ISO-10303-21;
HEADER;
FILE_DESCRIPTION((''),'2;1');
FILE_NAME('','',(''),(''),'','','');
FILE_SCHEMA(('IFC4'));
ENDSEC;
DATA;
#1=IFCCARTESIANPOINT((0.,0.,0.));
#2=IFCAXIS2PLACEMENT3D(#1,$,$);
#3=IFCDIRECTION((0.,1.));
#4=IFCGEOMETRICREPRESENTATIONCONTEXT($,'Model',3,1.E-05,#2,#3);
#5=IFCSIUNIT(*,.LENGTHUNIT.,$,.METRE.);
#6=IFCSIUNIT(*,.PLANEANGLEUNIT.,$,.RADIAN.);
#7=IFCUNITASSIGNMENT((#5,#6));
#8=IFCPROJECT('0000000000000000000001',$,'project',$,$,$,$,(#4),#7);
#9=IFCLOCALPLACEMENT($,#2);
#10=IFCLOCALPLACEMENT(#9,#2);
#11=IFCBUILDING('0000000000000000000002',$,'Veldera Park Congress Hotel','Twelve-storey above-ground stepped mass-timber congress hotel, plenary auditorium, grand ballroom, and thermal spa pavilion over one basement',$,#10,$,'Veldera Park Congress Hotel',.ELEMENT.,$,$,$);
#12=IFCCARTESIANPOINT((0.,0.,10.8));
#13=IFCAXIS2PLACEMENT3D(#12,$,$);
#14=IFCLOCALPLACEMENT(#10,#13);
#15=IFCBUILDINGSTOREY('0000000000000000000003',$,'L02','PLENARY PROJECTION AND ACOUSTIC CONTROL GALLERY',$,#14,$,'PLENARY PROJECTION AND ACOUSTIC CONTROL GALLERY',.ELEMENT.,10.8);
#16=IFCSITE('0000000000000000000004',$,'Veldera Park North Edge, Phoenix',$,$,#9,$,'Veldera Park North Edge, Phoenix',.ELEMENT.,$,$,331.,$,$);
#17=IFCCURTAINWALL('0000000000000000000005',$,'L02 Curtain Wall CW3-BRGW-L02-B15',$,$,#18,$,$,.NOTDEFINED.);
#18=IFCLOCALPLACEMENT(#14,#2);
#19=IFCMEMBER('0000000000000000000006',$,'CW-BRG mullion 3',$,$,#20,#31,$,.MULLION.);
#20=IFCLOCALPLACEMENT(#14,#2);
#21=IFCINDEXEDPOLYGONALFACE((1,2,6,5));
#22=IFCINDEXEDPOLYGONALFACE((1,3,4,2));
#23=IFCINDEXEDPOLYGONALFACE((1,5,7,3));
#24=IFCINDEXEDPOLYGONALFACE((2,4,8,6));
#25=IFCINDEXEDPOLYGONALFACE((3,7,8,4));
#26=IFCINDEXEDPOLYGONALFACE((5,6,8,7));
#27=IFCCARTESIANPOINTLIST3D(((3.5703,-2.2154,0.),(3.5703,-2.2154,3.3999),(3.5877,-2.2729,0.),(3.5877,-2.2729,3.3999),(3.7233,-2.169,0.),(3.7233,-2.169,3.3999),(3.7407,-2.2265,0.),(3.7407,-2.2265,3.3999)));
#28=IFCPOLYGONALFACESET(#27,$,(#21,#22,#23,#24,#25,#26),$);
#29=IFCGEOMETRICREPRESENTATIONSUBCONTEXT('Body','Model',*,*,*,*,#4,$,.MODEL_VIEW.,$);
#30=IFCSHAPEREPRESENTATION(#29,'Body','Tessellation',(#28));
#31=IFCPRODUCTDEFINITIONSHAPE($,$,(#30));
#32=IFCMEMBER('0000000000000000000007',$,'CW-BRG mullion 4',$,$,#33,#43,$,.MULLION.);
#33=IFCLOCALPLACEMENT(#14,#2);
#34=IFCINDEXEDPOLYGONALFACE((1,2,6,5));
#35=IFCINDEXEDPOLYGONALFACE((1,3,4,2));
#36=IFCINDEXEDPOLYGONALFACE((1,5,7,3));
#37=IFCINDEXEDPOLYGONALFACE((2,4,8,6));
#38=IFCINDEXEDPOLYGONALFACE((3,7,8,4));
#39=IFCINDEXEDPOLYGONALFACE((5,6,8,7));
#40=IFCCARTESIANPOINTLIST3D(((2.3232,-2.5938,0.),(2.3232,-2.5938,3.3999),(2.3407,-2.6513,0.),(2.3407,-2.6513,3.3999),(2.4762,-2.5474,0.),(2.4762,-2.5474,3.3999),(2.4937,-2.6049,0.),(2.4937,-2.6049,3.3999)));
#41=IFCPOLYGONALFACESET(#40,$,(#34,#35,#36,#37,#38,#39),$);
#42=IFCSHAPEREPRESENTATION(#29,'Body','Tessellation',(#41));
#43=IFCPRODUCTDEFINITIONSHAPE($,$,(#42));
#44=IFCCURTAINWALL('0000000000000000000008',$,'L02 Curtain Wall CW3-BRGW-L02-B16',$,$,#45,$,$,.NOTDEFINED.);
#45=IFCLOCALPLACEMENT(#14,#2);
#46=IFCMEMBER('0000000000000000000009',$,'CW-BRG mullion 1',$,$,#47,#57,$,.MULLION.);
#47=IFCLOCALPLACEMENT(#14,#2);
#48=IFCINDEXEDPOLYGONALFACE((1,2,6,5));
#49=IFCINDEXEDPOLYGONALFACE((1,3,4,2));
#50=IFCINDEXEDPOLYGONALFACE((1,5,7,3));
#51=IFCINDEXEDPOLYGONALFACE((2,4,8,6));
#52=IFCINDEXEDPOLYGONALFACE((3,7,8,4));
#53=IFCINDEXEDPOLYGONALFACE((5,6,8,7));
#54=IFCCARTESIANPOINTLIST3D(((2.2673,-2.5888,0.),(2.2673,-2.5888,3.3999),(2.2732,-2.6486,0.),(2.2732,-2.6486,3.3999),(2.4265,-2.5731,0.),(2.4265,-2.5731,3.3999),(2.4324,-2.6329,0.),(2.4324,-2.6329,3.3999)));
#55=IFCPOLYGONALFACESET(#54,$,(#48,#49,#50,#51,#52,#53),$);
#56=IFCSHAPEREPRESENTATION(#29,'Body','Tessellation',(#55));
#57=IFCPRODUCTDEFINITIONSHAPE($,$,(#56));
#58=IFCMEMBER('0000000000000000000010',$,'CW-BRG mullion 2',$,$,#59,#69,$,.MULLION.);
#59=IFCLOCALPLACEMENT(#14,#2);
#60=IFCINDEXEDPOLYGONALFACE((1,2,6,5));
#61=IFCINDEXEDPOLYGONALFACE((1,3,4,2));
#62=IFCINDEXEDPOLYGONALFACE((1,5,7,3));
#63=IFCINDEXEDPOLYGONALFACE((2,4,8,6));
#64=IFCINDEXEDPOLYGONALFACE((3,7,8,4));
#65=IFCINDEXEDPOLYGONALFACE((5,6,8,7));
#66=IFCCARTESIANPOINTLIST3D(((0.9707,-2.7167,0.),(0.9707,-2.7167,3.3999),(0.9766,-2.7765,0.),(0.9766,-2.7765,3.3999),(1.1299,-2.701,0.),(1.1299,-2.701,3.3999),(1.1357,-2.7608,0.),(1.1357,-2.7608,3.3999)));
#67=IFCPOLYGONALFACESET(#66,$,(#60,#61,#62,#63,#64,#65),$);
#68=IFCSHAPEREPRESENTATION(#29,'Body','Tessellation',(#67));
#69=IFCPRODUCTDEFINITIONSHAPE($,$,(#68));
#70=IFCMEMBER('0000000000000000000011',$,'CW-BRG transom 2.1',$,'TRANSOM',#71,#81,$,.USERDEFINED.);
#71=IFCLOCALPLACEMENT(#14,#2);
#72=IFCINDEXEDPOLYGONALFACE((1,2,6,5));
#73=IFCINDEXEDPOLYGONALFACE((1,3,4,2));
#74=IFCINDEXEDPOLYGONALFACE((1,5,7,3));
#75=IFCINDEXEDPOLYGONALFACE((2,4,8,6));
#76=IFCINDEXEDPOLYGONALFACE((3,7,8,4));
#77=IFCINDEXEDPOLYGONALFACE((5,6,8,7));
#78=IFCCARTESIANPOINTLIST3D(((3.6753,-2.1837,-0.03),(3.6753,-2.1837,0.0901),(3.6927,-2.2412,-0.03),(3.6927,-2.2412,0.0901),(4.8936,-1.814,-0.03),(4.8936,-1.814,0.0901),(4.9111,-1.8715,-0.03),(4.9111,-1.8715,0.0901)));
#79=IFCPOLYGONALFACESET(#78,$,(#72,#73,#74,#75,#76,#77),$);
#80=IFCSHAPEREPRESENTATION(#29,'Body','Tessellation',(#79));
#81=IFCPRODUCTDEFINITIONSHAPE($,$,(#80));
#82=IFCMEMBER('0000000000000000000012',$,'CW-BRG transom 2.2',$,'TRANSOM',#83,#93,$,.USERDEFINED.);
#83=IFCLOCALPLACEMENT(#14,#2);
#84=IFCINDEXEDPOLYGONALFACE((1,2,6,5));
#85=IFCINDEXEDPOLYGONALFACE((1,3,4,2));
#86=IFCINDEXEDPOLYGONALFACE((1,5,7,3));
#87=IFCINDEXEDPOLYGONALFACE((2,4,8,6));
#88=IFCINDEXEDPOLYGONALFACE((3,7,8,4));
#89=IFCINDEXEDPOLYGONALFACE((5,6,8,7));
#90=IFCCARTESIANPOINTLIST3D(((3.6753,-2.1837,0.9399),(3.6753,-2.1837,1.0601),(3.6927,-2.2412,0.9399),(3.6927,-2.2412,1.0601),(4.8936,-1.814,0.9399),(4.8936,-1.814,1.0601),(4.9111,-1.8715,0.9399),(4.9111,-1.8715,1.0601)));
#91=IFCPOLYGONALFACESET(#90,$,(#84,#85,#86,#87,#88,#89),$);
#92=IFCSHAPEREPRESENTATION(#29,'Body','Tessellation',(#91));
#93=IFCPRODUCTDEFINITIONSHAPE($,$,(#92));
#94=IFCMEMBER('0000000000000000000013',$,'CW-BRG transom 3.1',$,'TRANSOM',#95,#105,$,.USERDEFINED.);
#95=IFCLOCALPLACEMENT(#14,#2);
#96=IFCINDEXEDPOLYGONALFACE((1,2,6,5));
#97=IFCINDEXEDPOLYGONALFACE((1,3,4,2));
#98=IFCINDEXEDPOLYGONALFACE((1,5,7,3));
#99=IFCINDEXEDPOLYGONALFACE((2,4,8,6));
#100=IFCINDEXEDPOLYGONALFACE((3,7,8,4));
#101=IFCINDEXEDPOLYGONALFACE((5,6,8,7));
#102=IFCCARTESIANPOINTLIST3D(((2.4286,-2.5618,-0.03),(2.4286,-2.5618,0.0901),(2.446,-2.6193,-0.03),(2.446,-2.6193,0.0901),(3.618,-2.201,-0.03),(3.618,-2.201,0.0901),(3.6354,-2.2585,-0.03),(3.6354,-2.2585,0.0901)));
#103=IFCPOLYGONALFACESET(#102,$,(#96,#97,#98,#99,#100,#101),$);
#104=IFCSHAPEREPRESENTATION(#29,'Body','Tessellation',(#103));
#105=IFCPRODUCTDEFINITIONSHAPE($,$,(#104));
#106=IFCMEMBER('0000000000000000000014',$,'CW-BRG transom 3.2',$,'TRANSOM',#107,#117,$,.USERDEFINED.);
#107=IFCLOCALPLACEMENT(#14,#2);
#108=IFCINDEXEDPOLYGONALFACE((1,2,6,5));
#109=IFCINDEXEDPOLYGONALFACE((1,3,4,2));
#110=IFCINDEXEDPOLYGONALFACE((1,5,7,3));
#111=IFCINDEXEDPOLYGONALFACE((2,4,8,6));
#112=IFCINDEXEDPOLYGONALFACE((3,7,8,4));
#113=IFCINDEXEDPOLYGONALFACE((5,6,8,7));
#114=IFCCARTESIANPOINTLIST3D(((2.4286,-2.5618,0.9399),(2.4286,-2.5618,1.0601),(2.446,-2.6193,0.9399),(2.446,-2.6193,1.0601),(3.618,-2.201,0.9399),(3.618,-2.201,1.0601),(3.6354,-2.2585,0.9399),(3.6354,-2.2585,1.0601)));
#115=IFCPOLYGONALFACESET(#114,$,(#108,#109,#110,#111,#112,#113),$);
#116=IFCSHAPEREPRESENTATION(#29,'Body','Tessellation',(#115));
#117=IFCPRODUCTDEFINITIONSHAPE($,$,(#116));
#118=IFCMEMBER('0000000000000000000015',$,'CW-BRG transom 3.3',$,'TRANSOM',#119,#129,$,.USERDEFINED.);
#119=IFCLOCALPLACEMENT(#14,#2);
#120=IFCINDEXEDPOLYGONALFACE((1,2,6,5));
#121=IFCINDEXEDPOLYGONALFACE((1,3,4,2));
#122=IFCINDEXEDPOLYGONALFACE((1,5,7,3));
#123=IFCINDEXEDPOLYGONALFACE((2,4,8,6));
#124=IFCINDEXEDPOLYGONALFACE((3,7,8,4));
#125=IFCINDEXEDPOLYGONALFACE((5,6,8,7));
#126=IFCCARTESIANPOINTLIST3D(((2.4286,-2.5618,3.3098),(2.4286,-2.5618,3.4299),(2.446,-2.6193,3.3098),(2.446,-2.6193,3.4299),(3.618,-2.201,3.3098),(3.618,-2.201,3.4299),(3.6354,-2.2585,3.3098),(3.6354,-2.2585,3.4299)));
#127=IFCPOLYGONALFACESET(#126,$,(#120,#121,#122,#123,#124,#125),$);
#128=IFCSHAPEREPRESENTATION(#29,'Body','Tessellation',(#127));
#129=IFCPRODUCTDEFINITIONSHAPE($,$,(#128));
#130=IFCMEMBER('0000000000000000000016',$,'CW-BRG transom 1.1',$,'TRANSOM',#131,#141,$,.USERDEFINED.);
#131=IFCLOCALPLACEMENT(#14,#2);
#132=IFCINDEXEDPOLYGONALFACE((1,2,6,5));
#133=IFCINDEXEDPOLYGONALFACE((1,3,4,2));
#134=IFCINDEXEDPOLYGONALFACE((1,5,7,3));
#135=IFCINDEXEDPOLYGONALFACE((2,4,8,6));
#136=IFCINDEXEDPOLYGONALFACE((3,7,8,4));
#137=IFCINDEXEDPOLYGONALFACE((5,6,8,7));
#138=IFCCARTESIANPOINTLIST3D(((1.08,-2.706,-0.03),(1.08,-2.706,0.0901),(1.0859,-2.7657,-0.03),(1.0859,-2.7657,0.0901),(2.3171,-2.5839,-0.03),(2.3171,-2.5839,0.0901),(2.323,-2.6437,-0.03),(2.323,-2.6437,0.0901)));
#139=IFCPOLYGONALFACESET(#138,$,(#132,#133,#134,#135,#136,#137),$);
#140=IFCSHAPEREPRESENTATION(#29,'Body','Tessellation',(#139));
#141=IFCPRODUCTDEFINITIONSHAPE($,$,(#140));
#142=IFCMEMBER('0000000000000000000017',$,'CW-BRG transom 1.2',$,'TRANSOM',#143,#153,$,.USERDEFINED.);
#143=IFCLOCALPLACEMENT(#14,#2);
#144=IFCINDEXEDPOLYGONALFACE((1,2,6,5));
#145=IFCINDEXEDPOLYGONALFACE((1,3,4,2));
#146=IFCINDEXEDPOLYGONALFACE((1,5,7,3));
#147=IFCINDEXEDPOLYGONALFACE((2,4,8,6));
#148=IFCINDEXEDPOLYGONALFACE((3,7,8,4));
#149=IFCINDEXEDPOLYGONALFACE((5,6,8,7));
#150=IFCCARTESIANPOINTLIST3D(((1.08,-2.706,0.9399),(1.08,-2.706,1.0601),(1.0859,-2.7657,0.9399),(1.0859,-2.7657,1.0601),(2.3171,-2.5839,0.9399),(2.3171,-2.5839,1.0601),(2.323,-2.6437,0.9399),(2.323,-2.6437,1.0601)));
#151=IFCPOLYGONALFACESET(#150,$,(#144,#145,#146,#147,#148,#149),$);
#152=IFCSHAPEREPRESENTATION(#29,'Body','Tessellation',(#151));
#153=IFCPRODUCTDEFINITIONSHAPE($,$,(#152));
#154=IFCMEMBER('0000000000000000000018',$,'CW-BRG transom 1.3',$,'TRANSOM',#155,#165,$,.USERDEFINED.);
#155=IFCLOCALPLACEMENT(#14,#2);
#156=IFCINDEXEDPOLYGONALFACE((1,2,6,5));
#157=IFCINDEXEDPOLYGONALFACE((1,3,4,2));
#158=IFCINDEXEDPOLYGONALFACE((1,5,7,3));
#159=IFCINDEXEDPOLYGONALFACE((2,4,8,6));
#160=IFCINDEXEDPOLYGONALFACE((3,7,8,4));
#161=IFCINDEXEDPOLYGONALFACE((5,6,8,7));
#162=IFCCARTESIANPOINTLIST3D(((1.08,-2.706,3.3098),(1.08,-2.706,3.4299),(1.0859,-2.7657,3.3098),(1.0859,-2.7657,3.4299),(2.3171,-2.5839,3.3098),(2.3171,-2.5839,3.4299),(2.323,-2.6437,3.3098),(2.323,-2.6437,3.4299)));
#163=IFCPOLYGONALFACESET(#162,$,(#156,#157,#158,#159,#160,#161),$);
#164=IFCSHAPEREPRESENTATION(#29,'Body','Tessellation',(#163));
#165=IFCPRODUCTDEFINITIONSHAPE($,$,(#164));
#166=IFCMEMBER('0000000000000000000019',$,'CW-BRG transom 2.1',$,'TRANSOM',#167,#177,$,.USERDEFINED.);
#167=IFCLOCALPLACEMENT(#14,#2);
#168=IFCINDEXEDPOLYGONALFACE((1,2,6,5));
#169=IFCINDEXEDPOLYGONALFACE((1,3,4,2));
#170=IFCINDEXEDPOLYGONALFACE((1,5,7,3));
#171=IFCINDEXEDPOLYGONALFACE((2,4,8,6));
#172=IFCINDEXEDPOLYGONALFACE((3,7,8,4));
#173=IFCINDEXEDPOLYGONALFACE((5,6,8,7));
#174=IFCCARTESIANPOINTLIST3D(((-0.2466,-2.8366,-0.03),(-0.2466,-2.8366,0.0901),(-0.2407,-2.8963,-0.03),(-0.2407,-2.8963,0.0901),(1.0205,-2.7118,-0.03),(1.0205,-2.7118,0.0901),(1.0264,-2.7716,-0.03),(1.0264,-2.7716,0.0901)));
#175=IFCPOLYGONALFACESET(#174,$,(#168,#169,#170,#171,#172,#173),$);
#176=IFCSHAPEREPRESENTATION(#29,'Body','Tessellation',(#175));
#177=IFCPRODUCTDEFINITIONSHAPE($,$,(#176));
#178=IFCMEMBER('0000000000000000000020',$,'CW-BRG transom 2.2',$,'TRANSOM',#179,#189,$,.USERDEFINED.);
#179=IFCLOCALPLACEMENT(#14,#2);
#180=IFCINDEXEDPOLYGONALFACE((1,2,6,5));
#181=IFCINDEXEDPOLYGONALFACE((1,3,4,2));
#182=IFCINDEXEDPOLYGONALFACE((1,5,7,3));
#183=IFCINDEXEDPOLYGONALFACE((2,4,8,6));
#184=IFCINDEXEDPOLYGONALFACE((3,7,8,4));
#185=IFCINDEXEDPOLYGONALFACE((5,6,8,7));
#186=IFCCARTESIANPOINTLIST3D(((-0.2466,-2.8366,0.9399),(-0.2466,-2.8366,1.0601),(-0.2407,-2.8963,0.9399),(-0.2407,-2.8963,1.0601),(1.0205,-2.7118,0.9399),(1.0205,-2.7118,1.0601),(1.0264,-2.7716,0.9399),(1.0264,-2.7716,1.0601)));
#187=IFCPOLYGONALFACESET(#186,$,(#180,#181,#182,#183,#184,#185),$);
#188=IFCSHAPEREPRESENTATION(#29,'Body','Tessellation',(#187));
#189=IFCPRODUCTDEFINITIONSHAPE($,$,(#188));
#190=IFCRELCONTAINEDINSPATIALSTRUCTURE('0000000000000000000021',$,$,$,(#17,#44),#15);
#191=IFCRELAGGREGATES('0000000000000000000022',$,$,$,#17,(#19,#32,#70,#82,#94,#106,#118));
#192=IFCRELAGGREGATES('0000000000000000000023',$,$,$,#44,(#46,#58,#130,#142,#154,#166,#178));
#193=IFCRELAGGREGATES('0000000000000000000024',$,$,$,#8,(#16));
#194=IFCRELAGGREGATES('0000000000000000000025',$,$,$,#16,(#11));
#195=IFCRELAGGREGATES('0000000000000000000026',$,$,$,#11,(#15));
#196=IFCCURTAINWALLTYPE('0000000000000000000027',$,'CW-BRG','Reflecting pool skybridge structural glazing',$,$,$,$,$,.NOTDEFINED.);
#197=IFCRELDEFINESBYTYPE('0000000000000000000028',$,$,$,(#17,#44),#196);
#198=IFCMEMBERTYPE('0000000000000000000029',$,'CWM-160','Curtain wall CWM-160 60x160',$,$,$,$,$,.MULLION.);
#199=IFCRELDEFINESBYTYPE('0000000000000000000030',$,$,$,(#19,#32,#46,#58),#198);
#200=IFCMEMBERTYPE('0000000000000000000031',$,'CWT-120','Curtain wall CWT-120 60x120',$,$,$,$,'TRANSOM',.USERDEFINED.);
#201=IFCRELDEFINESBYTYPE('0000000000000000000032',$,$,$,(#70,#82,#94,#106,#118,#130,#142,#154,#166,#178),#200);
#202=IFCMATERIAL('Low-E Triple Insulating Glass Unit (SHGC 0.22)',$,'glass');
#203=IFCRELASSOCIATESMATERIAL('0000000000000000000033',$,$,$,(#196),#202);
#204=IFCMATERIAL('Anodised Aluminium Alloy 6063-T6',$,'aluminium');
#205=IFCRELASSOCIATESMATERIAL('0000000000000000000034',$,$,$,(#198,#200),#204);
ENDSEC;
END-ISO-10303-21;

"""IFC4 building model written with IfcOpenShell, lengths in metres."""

from ifc_helpers import new_model, si_unit, direction, frame, origin, origin_2d, place, context, subcontext, project, spatial, rectangle, extrude, material, material_profile, profile_set, type_object, element, aggregate, save


model = new_model("IFC4")

# Units and contexts
model_context = context("Model", 3, precision=1e-05, world=origin(), true_north=direction((0.0, 1.0)))
body_context = subcontext(model_context, "Body", "Model", "MODEL_VIEW")
ifc_project = project(units=[si_unit("LENGTHUNIT", "METRE"), si_unit("PLANEANGLEUNIT", "RADIAN")], contexts=[model_context])

# Site, building, storey
site_placement = place(None, origin())
site = spatial("IfcSite", under=ifc_project, at=site_placement, Name="Veldera Park North Edge, Phoenix", LongName="Veldera Park North Edge, Phoenix", CompositionType="ELEMENT", RefElevation=331.0)
building_placement = place(site_placement, origin())
building = spatial("IfcBuilding", under=site, at=building_placement, Name="Veldera Park Congress Hotel", Description="Twelve-storey above-ground stepped mass-timber congress hotel, plenary auditorium, grand ballroom, and thermal spa pavilion over one basement", LongName="Veldera Park Congress Hotel", CompositionType="ELEMENT")
storey_placement = place(building_placement, frame((0.0, 0.0, 10.8)))
storey = spatial("IfcBuildingStorey", under=building, at=storey_placement, Name="L02", Description="PLENARY PROJECTION AND ACOUSTIC CONTROL GALLERY", LongName="PLENARY PROJECTION AND ACOUSTIC CONTROL GALLERY", CompositionType="ELEMENT", Elevation=10.8)

# Curtain walls, members
ifc_material_1 = material(Name="Low-E Triple Insulating Glass Unit (SHGC 0.22)", Category="glass")
curtain_wall_type = type_object("IfcCurtainWallType", Name="CW-BRG", Description="Reflecting pool skybridge structural glazing", PredefinedType="NOTDEFINED", material=ifc_material_1)
curtain_wall_1_placement = place(storey_placement, origin())
curtain_wall_1 = element("IfcCurtainWall", 1, at=curtain_wall_1_placement, inside=storey, type_object=curtain_wall_type, Name="L02 Curtain Wall CW3-BRGW-L02-B15", PredefinedType="NOTDEFINED")
ifc_material_2 = material(Name="Anodised Aluminium Alloy 6063-T6", Category="aluminium")
ifc_material_profile_1 = material_profile(ifc_material_2, rectangle(XDim=0.0601, YDim=0.1599, at=origin_2d()), Name="ALU 60x160")
ifc_profile_set_1 = profile_set([ifc_material_profile_1], Name="Anodised Aluminium Alloy 6063-T6")
member_type_1 = type_object("IfcMemberType", Name="CWM-160", Description="Curtain wall CWM-160 60x160", PredefinedType="MULLION", material=ifc_profile_set_1)
member_1_placement = place(storey_placement, frame((3.6555, -2.2209, 0.0), z_axis=(0.0, 0.0, 1.0), x_axis=(0.29029, -0.956939, 0.0)))
member_1 = element("IfcMember", 2, at=member_1_placement, type_object=member_type_1, Name="CW-BRG mullion 3", PredefinedType="MULLION", context=body_context, shape_type="SweptSolid", body=[
    extrude(rectangle(XDim=0.0601, YDim=0.1599, at=origin_2d()), origin(), (0.0, 0.0, 1.0), 3.3999),
])
member_2_placement = place(storey_placement, frame((2.4084, -2.5994, 0.0), z_axis=(0.0, 0.0, 1.0), x_axis=(0.29029, -0.956939, 0.0)))
member_2 = element("IfcMember", 3, at=member_2_placement, type_object=member_type_1, Name="CW-BRG mullion 4", PredefinedType="MULLION", context=body_context, shape_type="SweptSolid", body=[
    extrude(rectangle(XDim=0.0601, YDim=0.1599, at=origin_2d()), origin(), (0.0, 0.0, 1.0), 3.3999),
])
curtain_wall_2_placement = place(storey_placement, origin())
curtain_wall_2 = element("IfcCurtainWall", 4, at=curtain_wall_2_placement, inside=storey, type_object=curtain_wall_type, Name="L02 Curtain Wall CW3-BRGW-L02-B16", PredefinedType="NOTDEFINED")
member_3_placement = place(storey_placement, frame((2.3499, -2.6108, 0.0), z_axis=(0.0, 0.0, 1.0), x_axis=(0.098023, -0.995184, 0.0)))
member_3 = element("IfcMember", 5, at=member_3_placement, type_object=member_type_1, Name="CW-BRG mullion 1", PredefinedType="MULLION", context=body_context, shape_type="SweptSolid", body=[
    extrude(rectangle(XDim=0.0601, YDim=0.1599, at=origin_2d()), origin(), (0.0, 0.0, 1.0), 3.3999),
])
member_4_placement = place(storey_placement, frame((1.0532, -2.7388, 0.0), z_axis=(0.0, 0.0, 1.0), x_axis=(0.098023, -0.995184, 0.0)))
member_4 = element("IfcMember", 6, at=member_4_placement, type_object=member_type_1, Name="CW-BRG mullion 2", PredefinedType="MULLION", context=body_context, shape_type="SweptSolid", body=[
    extrude(rectangle(XDim=0.0601, YDim=0.1599, at=origin_2d()), origin(), (0.0, 0.0, 1.0), 3.3999),
])

# Members
ifc_material_profile_2 = material_profile(ifc_material_2, rectangle(XDim=0.0601, YDim=0.1201, at=origin_2d()), Name="ALU 60x120")
ifc_profile_set_2 = profile_set([ifc_material_profile_2], Name="Anodised Aluminium Alloy 6063-T6")
member_type_2 = type_object("IfcMemberType", Name="CWT-120", Description="Curtain wall CWT-120 60x120", ElementType="TRANSOM", PredefinedType="USERDEFINED", material=ifc_profile_set_2)
member_5_placement = place(storey_placement, frame((4.9023, -1.8428, 0.03), z_axis=(-0.956924, -0.290337, 0.0), x_axis=(0.290337, -0.956924, 0.0)))
member_5 = element("IfcMember", 7, at=member_5_placement, type_object=member_type_2, Name="CW-BRG transom 2.1", ObjectType="TRANSOM", PredefinedType="USERDEFINED", context=body_context, shape_type="SweptSolid", body=[
    extrude(rectangle(XDim=0.0601, YDim=0.1201, at=origin_2d()), origin(), (0.0, 0.0, 1.0), 1.2732),
])
member_6_placement = place(storey_placement, frame((4.9023, -1.8428, 1.0), z_axis=(-0.956924, -0.290337, 0.0), x_axis=(0.290337, -0.956924, 0.0)))
member_6 = element("IfcMember", 8, at=member_6_placement, type_object=member_type_2, Name="CW-BRG transom 2.2", ObjectType="TRANSOM", PredefinedType="USERDEFINED", context=body_context, shape_type="SweptSolid", body=[
    extrude(rectangle(XDim=0.0601, YDim=0.1201, at=origin_2d()), origin(), (0.0, 0.0, 1.0), 1.2732),
])
member_7_placement = place(storey_placement, frame((3.6267, -2.2297, 0.03), z_axis=(-0.956935, -0.290302, 0.0), x_axis=(0.290302, -0.956935, 0.0)))
member_7 = element("IfcMember", 9, at=member_7_placement, type_object=member_type_2, Name="CW-BRG transom 3.1", ObjectType="TRANSOM", PredefinedType="USERDEFINED", context=body_context, shape_type="SweptSolid", body=[
    extrude(rectangle(XDim=0.0601, YDim=0.1201, at=origin_2d()), origin(), (0.0, 0.0, 1.0), 1.2429),
])
member_8_placement = place(storey_placement, frame((3.6267, -2.2297, 1.0), z_axis=(-0.956935, -0.290302, 0.0), x_axis=(0.290302, -0.956935, 0.0)))
member_8 = element("IfcMember", 10, at=member_8_placement, type_object=member_type_2, Name="CW-BRG transom 3.2", ObjectType="TRANSOM", PredefinedType="USERDEFINED", context=body_context, shape_type="SweptSolid", body=[
    extrude(rectangle(XDim=0.0601, YDim=0.1201, at=origin_2d()), origin(), (0.0, 0.0, 1.0), 1.2429),
])
member_9_placement = place(storey_placement, frame((3.6267, -2.2297, 3.3699), z_axis=(-0.956935, -0.290302, 0.0), x_axis=(0.290302, -0.956935, 0.0)))
member_9 = element("IfcMember", 11, at=member_9_placement, type_object=member_type_2, Name="CW-BRG transom 3.3", ObjectType="TRANSOM", PredefinedType="USERDEFINED", context=body_context, shape_type="SweptSolid", body=[
    extrude(rectangle(XDim=0.0601, YDim=0.1201, at=origin_2d()), origin(), (0.0, 0.0, 1.0), 1.2429),
])
member_10_placement = place(storey_placement, frame((2.3201, -2.6138, 0.03), z_axis=(-0.995167, -0.098201, 0.0), x_axis=(0.098201, -0.995167, 0.0)))
member_10 = element("IfcMember", 12, at=member_10_placement, type_object=member_type_2, Name="CW-BRG transom 1.1", ObjectType="TRANSOM", PredefinedType="USERDEFINED", context=body_context, shape_type="SweptSolid", body=[
    extrude(rectangle(XDim=0.0601, YDim=0.1201, at=origin_2d()), origin(), (0.0, 0.0, 1.0), 1.2432),
])
member_11_placement = place(storey_placement, frame((2.3201, -2.6138, 1.0), z_axis=(-0.995167, -0.098201, 0.0), x_axis=(0.098201, -0.995167, 0.0)))
member_11 = element("IfcMember", 13, at=member_11_placement, type_object=member_type_2, Name="CW-BRG transom 1.2", ObjectType="TRANSOM", PredefinedType="USERDEFINED", context=body_context, shape_type="SweptSolid", body=[
    extrude(rectangle(XDim=0.0601, YDim=0.1201, at=origin_2d()), origin(), (0.0, 0.0, 1.0), 1.2432),
])
member_12_placement = place(storey_placement, frame((2.3201, -2.6138, 3.3699), z_axis=(-0.995167, -0.098201, 0.0), x_axis=(0.098201, -0.995167, 0.0)))
member_12 = element("IfcMember", 14, at=member_12_placement, type_object=member_type_2, Name="CW-BRG transom 1.3", ObjectType="TRANSOM", PredefinedType="USERDEFINED", context=body_context, shape_type="SweptSolid", body=[
    extrude(rectangle(XDim=0.0601, YDim=0.1201, at=origin_2d()), origin(), (0.0, 0.0, 1.0), 1.2432),
])
member_13_placement = place(storey_placement, frame((1.0234, -2.7417, 0.03), z_axis=(-0.995188, -0.097985, 0.0), x_axis=(0.097985, -0.995188, 0.0)))
member_13 = element("IfcMember", 15, at=member_13_placement, type_object=member_type_2, Name="CW-BRG transom 2.1", ObjectType="TRANSOM", PredefinedType="USERDEFINED", context=body_context, shape_type="SweptSolid", body=[
    extrude(rectangle(XDim=0.0601, YDim=0.1201, at=origin_2d()), origin(), (0.0, 0.0, 1.0), 1.2732),
])
member_14_placement = place(storey_placement, frame((1.0234, -2.7417, 1.0), z_axis=(-0.995188, -0.097985, 0.0), x_axis=(0.097985, -0.995188, 0.0)))
member_14 = element("IfcMember", 16, at=member_14_placement, type_object=member_type_2, Name="CW-BRG transom 2.2", ObjectType="TRANSOM", PredefinedType="USERDEFINED", context=body_context, shape_type="SweptSolid", body=[
    extrude(rectangle(XDim=0.0601, YDim=0.1201, at=origin_2d()), origin(), (0.0, 0.0, 1.0), 1.2732),
])

aggregate(curtain_wall_1, [member_1, member_2, member_5, member_6, member_7, member_8, member_9])
aggregate(curtain_wall_2, [member_3, member_4, member_10, member_11, member_12, member_13, member_14])

save(model, "model.ifc")
